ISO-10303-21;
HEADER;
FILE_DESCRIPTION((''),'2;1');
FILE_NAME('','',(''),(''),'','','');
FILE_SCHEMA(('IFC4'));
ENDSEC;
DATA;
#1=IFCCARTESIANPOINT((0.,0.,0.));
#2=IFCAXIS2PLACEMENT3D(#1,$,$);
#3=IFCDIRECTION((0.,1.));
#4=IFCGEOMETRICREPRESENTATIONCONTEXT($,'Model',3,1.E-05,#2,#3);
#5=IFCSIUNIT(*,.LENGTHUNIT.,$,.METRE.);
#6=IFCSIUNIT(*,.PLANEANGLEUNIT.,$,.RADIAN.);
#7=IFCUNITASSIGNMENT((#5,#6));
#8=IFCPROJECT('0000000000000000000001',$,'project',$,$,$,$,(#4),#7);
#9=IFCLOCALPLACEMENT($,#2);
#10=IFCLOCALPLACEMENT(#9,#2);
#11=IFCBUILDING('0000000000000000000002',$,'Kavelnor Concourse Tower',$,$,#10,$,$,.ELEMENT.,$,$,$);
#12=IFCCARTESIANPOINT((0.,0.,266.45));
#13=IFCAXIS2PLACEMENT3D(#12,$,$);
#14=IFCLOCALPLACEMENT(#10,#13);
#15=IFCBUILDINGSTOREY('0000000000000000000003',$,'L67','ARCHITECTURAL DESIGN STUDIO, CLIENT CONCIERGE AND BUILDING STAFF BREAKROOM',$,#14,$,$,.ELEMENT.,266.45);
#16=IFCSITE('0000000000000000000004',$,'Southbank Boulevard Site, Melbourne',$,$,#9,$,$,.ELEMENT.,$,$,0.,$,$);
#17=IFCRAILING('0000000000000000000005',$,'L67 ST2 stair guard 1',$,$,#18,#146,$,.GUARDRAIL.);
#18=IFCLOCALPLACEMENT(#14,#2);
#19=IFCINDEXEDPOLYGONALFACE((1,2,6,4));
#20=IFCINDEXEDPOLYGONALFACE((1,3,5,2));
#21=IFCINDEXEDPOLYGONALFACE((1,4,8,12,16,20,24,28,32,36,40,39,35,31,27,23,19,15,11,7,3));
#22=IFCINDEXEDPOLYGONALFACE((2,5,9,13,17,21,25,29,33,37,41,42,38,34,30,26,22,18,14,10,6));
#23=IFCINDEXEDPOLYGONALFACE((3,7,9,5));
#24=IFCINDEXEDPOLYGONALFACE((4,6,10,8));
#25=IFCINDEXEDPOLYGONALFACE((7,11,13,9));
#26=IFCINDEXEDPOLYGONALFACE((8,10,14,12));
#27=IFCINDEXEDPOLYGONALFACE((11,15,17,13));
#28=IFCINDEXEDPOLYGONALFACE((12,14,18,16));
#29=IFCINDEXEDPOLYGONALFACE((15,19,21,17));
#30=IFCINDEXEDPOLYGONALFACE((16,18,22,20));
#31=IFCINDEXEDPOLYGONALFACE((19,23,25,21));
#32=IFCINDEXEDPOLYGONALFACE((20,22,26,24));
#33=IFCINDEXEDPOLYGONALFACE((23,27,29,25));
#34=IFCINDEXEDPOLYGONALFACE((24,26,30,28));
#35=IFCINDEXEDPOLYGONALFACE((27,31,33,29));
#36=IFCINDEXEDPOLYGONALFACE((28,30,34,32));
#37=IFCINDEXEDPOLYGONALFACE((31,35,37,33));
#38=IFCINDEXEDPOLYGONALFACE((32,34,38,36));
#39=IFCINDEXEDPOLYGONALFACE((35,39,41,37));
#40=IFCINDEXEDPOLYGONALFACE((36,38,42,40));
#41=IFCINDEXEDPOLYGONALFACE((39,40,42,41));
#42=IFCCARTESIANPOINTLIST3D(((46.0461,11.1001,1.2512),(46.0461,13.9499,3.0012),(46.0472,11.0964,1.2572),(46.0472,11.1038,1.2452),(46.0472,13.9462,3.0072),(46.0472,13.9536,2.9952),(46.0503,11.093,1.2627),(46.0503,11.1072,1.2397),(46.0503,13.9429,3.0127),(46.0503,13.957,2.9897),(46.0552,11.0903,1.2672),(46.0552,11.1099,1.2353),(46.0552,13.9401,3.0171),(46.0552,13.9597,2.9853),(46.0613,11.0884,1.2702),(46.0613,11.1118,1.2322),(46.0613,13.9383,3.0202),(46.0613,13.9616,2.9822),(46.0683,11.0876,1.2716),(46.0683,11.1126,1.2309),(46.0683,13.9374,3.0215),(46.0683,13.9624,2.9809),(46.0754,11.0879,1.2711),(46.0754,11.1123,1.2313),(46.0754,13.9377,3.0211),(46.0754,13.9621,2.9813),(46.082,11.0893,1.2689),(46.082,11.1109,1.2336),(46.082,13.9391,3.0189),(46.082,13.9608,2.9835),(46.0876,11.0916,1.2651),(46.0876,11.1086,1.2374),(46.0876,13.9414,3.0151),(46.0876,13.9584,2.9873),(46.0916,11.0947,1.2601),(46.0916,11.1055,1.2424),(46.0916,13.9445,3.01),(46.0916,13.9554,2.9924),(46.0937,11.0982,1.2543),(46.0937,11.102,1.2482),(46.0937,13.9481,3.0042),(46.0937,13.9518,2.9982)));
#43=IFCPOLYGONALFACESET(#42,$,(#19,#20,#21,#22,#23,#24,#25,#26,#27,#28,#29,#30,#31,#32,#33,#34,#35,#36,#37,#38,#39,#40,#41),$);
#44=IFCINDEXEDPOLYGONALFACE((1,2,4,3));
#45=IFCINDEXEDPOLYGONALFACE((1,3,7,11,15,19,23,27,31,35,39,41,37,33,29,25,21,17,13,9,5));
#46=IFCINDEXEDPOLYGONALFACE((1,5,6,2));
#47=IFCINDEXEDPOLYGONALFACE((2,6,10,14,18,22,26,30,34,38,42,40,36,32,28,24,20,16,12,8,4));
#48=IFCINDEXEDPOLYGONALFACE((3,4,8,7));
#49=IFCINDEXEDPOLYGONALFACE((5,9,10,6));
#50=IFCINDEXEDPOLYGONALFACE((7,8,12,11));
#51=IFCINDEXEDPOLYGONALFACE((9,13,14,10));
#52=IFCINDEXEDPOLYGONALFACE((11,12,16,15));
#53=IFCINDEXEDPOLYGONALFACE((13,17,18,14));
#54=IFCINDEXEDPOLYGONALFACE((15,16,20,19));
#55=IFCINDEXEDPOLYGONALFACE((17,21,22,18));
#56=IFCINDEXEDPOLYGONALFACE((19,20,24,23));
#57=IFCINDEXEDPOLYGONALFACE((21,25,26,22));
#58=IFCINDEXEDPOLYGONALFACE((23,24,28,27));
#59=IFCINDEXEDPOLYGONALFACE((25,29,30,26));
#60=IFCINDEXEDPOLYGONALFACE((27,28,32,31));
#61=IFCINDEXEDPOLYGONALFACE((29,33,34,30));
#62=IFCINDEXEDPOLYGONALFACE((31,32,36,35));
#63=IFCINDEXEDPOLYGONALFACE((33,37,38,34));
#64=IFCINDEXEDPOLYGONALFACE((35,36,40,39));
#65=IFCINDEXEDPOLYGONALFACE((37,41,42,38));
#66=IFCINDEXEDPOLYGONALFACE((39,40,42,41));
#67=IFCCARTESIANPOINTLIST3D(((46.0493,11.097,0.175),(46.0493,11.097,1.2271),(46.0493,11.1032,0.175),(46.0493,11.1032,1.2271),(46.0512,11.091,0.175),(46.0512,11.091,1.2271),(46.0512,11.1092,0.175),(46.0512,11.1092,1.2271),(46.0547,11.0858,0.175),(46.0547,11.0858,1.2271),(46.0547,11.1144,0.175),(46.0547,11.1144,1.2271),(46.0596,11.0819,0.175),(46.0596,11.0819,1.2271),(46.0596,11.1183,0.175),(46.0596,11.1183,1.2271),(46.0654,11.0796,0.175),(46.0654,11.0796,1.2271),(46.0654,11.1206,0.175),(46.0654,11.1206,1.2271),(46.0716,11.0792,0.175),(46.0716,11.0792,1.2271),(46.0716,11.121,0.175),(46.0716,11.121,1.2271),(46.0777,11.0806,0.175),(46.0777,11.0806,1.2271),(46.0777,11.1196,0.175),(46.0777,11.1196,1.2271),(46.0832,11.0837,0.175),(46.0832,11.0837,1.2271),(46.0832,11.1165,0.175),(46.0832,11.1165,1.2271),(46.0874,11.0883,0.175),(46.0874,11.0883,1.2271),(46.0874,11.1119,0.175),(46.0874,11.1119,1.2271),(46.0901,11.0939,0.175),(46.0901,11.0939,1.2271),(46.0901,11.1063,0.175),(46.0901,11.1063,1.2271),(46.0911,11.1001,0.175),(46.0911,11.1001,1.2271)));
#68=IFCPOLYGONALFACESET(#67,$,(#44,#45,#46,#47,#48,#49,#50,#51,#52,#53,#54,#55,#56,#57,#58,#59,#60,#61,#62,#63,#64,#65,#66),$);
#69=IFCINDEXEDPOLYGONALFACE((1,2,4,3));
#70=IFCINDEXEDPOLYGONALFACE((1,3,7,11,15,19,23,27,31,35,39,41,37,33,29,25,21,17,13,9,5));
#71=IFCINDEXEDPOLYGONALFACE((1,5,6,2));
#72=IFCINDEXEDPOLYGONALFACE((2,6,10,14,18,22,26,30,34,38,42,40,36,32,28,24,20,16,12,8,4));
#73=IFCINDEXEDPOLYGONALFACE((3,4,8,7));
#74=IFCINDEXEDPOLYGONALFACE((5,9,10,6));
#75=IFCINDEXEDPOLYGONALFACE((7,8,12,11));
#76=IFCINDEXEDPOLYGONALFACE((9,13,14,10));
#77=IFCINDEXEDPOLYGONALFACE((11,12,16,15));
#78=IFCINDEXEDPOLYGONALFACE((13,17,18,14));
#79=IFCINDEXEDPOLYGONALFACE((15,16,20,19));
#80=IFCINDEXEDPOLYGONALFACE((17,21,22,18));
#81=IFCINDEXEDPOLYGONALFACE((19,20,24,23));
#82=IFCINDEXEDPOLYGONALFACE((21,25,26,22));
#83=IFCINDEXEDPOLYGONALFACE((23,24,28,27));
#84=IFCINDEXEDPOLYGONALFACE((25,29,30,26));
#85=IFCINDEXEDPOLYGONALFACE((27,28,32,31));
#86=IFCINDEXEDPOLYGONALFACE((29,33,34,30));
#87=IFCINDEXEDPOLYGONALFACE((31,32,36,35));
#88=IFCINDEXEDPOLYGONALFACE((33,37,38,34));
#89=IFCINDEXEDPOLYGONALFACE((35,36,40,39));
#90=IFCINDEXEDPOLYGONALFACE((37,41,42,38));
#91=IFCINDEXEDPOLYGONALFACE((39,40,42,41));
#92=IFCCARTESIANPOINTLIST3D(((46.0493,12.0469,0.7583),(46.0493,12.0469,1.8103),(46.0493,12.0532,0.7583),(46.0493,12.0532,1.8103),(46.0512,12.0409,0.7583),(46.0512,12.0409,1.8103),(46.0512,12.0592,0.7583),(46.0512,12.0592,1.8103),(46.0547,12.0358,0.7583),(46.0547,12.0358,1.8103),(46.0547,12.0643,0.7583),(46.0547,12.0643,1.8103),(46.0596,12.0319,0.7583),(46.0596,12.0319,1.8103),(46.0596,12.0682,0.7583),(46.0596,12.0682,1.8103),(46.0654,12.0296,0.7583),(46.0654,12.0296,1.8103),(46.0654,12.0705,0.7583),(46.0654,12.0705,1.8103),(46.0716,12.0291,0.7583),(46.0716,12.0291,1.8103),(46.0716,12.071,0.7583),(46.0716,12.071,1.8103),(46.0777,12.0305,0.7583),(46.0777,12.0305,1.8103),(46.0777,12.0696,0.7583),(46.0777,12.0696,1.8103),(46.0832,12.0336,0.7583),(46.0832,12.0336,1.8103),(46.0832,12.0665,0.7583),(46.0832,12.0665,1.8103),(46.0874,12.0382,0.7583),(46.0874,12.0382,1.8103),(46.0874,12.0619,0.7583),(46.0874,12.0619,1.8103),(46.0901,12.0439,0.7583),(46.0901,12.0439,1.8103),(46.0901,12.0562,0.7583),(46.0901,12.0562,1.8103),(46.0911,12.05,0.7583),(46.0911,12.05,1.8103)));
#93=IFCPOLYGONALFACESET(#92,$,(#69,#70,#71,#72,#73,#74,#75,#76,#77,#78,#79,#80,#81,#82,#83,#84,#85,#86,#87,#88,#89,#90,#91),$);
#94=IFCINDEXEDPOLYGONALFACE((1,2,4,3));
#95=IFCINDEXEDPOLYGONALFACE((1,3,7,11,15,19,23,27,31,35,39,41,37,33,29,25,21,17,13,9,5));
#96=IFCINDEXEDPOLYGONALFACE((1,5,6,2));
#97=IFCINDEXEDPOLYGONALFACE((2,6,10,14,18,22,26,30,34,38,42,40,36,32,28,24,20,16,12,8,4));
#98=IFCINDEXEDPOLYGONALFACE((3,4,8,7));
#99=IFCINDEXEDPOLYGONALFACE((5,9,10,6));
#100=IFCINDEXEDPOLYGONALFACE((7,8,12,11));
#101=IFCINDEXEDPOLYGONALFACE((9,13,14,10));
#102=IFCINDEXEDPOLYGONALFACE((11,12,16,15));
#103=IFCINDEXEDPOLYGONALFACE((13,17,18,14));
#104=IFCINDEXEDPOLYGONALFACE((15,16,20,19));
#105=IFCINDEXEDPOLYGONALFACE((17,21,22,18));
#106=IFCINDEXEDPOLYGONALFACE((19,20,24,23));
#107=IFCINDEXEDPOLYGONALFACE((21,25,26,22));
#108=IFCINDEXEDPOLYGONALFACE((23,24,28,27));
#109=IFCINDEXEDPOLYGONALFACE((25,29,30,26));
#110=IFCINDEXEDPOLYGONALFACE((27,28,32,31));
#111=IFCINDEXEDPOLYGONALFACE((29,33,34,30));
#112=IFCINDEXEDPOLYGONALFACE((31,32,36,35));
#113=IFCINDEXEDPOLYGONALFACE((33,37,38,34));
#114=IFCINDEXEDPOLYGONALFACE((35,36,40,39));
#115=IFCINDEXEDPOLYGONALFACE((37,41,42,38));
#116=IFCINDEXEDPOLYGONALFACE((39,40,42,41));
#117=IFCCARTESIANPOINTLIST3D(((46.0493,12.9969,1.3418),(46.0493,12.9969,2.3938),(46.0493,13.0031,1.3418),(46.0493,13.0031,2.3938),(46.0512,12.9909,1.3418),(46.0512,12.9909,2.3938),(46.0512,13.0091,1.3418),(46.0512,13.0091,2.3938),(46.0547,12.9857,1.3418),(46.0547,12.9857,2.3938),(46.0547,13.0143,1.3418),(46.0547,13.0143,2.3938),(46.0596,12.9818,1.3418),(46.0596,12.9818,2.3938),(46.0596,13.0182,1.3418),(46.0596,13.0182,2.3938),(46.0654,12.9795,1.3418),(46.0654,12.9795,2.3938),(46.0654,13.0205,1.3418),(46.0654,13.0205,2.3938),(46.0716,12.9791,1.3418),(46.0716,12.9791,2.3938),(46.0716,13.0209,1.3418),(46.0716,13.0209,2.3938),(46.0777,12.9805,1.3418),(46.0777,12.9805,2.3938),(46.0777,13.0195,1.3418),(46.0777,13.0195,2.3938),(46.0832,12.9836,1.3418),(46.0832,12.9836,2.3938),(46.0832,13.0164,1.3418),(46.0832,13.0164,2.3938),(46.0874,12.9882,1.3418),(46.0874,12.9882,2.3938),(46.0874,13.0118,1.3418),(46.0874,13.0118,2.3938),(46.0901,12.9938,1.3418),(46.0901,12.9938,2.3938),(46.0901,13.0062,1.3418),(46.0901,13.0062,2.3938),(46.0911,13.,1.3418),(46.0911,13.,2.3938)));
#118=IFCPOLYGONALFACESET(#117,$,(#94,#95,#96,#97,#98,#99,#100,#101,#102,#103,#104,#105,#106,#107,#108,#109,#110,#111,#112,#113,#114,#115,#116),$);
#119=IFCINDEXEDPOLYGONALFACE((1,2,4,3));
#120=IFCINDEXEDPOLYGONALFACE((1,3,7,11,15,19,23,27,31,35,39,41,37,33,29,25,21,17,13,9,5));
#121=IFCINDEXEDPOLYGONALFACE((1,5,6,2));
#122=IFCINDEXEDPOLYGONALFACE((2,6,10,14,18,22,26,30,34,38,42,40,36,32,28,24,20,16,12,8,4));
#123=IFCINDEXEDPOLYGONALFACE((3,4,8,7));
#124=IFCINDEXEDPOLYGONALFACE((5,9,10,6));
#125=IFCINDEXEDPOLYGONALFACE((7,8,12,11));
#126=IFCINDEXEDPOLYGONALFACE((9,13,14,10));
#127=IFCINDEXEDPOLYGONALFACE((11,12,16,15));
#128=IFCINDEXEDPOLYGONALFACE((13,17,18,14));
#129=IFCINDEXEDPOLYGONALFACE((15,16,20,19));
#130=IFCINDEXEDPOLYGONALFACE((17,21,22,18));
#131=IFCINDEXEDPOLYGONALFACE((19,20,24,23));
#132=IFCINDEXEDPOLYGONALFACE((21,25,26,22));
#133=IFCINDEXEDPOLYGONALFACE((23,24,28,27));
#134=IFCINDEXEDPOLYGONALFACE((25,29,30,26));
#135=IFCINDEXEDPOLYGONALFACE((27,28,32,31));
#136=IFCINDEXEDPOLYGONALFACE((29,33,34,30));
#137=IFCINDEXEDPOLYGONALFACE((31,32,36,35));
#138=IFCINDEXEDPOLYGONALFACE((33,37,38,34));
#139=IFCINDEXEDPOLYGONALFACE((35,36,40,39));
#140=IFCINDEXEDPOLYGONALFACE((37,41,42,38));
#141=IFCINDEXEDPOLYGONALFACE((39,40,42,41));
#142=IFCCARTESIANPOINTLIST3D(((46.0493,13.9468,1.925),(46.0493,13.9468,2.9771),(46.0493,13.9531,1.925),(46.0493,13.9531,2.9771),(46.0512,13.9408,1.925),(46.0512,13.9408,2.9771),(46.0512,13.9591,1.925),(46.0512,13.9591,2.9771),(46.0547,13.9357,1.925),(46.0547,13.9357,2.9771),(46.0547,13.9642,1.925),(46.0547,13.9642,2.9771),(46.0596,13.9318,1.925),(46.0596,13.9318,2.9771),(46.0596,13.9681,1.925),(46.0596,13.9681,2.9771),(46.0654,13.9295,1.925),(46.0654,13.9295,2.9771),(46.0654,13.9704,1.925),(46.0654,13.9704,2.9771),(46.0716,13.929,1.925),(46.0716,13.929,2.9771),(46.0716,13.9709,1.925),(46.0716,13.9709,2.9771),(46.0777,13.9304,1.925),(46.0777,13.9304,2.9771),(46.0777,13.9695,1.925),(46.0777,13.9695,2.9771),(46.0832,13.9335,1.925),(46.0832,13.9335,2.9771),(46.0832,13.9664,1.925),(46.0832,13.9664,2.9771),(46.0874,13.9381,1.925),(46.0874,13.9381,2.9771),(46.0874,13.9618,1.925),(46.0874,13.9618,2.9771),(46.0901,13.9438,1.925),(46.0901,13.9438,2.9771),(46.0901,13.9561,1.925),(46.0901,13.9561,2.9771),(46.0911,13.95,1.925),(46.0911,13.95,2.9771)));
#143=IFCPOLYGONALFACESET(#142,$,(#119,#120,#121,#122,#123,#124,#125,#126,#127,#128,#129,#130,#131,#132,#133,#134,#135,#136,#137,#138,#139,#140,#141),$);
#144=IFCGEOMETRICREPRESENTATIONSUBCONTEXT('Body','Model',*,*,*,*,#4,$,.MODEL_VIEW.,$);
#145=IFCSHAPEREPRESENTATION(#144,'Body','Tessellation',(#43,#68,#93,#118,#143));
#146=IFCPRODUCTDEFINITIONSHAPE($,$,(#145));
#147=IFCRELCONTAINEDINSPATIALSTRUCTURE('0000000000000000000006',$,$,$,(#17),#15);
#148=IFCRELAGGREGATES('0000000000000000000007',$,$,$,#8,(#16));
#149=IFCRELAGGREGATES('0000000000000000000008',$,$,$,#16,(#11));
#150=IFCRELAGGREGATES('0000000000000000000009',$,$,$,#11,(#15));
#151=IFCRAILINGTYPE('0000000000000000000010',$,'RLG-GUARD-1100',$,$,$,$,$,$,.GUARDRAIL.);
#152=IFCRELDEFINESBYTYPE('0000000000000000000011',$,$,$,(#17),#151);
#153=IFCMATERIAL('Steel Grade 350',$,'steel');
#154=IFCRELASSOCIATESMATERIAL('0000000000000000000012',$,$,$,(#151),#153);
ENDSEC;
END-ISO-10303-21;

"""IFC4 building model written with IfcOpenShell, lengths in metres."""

from ifc_helpers import new_model, si_unit, direction, frame, origin, origin_2d, place, context, subcontext, project, spatial, circle, extrude, material, type_object, element, save


model = new_model("IFC4")

# Units and contexts
model_context = context("Model", 3, precision=1e-05, world=origin(), true_north=direction((0.0, 1.0)))
body_context = subcontext(model_context, "Body", "Model", "MODEL_VIEW")
ifc_project = project(units=[si_unit("LENGTHUNIT", "METRE"), si_unit("PLANEANGLEUNIT", "RADIAN")], contexts=[model_context])

# Site, building, storey
site_placement = place(None, origin())
site = spatial("IfcSite", under=ifc_project, at=site_placement, Name="Southbank Boulevard Site, Melbourne", CompositionType="ELEMENT", RefElevation=0.0)
building_placement = place(site_placement, origin())
building = spatial("IfcBuilding", under=site, at=building_placement, Name="Kavelnor Concourse Tower", CompositionType="ELEMENT")
storey_placement = place(building_placement, frame((0.0, 0.0, 266.45)))
storey = spatial("IfcBuildingStorey", under=building, at=storey_placement, Name="L67", Description="ARCHITECTURAL DESIGN STUDIO, CLIENT CONCIERGE AND BUILDING STAFF BREAKROOM", CompositionType="ELEMENT", Elevation=266.45)

# Shared definitions
ifc_material_1 = material(Name="Steel Grade 350", Category="steel")

# Railing
railing_type_1 = type_object("IfcRailingType", Name="RLG-GUARD-1100", PredefinedType="GUARDRAIL", material=ifc_material_1)
railing_1_placement = place(storey_placement, frame((46.0701, 11.1001, 0.175)))
element("IfcRailing", 1, at=railing_1_placement, inside=storey, type_object=railing_type_1, Name="L67 ST2 stair guard 1", PredefinedType="GUARDRAIL", context=body_context, shape_type="SweptSolid", body=[
    extrude(circle(Radius=0.0239, at=origin_2d()), frame((0.0, 0.0, 1.0762), z_axis=(0.0, 0.852159, 0.523283), x_axis=(-1.0, 0.0, 0.0)), (0.0, 0.0, 1.0), 3.3442),
    extrude(circle(Radius=0.021, at=origin_2d()), origin(), (0.0, 0.0, 1.0), 1.052),
    extrude(circle(Radius=0.021, at=origin_2d()), frame((0.0, 0.95, 0.5833)), (0.0, 0.0, 1.0), 1.052),
    extrude(circle(Radius=0.021, at=origin_2d()), frame((0.0, 1.8999, 1.1667)), (0.0, 0.0, 1.0), 1.052),
    extrude(circle(Radius=0.021, at=origin_2d()), frame((0.0, 2.8499, 1.75)), (0.0, 0.0, 1.0), 1.052),
])

save(model, "model.ifc")
